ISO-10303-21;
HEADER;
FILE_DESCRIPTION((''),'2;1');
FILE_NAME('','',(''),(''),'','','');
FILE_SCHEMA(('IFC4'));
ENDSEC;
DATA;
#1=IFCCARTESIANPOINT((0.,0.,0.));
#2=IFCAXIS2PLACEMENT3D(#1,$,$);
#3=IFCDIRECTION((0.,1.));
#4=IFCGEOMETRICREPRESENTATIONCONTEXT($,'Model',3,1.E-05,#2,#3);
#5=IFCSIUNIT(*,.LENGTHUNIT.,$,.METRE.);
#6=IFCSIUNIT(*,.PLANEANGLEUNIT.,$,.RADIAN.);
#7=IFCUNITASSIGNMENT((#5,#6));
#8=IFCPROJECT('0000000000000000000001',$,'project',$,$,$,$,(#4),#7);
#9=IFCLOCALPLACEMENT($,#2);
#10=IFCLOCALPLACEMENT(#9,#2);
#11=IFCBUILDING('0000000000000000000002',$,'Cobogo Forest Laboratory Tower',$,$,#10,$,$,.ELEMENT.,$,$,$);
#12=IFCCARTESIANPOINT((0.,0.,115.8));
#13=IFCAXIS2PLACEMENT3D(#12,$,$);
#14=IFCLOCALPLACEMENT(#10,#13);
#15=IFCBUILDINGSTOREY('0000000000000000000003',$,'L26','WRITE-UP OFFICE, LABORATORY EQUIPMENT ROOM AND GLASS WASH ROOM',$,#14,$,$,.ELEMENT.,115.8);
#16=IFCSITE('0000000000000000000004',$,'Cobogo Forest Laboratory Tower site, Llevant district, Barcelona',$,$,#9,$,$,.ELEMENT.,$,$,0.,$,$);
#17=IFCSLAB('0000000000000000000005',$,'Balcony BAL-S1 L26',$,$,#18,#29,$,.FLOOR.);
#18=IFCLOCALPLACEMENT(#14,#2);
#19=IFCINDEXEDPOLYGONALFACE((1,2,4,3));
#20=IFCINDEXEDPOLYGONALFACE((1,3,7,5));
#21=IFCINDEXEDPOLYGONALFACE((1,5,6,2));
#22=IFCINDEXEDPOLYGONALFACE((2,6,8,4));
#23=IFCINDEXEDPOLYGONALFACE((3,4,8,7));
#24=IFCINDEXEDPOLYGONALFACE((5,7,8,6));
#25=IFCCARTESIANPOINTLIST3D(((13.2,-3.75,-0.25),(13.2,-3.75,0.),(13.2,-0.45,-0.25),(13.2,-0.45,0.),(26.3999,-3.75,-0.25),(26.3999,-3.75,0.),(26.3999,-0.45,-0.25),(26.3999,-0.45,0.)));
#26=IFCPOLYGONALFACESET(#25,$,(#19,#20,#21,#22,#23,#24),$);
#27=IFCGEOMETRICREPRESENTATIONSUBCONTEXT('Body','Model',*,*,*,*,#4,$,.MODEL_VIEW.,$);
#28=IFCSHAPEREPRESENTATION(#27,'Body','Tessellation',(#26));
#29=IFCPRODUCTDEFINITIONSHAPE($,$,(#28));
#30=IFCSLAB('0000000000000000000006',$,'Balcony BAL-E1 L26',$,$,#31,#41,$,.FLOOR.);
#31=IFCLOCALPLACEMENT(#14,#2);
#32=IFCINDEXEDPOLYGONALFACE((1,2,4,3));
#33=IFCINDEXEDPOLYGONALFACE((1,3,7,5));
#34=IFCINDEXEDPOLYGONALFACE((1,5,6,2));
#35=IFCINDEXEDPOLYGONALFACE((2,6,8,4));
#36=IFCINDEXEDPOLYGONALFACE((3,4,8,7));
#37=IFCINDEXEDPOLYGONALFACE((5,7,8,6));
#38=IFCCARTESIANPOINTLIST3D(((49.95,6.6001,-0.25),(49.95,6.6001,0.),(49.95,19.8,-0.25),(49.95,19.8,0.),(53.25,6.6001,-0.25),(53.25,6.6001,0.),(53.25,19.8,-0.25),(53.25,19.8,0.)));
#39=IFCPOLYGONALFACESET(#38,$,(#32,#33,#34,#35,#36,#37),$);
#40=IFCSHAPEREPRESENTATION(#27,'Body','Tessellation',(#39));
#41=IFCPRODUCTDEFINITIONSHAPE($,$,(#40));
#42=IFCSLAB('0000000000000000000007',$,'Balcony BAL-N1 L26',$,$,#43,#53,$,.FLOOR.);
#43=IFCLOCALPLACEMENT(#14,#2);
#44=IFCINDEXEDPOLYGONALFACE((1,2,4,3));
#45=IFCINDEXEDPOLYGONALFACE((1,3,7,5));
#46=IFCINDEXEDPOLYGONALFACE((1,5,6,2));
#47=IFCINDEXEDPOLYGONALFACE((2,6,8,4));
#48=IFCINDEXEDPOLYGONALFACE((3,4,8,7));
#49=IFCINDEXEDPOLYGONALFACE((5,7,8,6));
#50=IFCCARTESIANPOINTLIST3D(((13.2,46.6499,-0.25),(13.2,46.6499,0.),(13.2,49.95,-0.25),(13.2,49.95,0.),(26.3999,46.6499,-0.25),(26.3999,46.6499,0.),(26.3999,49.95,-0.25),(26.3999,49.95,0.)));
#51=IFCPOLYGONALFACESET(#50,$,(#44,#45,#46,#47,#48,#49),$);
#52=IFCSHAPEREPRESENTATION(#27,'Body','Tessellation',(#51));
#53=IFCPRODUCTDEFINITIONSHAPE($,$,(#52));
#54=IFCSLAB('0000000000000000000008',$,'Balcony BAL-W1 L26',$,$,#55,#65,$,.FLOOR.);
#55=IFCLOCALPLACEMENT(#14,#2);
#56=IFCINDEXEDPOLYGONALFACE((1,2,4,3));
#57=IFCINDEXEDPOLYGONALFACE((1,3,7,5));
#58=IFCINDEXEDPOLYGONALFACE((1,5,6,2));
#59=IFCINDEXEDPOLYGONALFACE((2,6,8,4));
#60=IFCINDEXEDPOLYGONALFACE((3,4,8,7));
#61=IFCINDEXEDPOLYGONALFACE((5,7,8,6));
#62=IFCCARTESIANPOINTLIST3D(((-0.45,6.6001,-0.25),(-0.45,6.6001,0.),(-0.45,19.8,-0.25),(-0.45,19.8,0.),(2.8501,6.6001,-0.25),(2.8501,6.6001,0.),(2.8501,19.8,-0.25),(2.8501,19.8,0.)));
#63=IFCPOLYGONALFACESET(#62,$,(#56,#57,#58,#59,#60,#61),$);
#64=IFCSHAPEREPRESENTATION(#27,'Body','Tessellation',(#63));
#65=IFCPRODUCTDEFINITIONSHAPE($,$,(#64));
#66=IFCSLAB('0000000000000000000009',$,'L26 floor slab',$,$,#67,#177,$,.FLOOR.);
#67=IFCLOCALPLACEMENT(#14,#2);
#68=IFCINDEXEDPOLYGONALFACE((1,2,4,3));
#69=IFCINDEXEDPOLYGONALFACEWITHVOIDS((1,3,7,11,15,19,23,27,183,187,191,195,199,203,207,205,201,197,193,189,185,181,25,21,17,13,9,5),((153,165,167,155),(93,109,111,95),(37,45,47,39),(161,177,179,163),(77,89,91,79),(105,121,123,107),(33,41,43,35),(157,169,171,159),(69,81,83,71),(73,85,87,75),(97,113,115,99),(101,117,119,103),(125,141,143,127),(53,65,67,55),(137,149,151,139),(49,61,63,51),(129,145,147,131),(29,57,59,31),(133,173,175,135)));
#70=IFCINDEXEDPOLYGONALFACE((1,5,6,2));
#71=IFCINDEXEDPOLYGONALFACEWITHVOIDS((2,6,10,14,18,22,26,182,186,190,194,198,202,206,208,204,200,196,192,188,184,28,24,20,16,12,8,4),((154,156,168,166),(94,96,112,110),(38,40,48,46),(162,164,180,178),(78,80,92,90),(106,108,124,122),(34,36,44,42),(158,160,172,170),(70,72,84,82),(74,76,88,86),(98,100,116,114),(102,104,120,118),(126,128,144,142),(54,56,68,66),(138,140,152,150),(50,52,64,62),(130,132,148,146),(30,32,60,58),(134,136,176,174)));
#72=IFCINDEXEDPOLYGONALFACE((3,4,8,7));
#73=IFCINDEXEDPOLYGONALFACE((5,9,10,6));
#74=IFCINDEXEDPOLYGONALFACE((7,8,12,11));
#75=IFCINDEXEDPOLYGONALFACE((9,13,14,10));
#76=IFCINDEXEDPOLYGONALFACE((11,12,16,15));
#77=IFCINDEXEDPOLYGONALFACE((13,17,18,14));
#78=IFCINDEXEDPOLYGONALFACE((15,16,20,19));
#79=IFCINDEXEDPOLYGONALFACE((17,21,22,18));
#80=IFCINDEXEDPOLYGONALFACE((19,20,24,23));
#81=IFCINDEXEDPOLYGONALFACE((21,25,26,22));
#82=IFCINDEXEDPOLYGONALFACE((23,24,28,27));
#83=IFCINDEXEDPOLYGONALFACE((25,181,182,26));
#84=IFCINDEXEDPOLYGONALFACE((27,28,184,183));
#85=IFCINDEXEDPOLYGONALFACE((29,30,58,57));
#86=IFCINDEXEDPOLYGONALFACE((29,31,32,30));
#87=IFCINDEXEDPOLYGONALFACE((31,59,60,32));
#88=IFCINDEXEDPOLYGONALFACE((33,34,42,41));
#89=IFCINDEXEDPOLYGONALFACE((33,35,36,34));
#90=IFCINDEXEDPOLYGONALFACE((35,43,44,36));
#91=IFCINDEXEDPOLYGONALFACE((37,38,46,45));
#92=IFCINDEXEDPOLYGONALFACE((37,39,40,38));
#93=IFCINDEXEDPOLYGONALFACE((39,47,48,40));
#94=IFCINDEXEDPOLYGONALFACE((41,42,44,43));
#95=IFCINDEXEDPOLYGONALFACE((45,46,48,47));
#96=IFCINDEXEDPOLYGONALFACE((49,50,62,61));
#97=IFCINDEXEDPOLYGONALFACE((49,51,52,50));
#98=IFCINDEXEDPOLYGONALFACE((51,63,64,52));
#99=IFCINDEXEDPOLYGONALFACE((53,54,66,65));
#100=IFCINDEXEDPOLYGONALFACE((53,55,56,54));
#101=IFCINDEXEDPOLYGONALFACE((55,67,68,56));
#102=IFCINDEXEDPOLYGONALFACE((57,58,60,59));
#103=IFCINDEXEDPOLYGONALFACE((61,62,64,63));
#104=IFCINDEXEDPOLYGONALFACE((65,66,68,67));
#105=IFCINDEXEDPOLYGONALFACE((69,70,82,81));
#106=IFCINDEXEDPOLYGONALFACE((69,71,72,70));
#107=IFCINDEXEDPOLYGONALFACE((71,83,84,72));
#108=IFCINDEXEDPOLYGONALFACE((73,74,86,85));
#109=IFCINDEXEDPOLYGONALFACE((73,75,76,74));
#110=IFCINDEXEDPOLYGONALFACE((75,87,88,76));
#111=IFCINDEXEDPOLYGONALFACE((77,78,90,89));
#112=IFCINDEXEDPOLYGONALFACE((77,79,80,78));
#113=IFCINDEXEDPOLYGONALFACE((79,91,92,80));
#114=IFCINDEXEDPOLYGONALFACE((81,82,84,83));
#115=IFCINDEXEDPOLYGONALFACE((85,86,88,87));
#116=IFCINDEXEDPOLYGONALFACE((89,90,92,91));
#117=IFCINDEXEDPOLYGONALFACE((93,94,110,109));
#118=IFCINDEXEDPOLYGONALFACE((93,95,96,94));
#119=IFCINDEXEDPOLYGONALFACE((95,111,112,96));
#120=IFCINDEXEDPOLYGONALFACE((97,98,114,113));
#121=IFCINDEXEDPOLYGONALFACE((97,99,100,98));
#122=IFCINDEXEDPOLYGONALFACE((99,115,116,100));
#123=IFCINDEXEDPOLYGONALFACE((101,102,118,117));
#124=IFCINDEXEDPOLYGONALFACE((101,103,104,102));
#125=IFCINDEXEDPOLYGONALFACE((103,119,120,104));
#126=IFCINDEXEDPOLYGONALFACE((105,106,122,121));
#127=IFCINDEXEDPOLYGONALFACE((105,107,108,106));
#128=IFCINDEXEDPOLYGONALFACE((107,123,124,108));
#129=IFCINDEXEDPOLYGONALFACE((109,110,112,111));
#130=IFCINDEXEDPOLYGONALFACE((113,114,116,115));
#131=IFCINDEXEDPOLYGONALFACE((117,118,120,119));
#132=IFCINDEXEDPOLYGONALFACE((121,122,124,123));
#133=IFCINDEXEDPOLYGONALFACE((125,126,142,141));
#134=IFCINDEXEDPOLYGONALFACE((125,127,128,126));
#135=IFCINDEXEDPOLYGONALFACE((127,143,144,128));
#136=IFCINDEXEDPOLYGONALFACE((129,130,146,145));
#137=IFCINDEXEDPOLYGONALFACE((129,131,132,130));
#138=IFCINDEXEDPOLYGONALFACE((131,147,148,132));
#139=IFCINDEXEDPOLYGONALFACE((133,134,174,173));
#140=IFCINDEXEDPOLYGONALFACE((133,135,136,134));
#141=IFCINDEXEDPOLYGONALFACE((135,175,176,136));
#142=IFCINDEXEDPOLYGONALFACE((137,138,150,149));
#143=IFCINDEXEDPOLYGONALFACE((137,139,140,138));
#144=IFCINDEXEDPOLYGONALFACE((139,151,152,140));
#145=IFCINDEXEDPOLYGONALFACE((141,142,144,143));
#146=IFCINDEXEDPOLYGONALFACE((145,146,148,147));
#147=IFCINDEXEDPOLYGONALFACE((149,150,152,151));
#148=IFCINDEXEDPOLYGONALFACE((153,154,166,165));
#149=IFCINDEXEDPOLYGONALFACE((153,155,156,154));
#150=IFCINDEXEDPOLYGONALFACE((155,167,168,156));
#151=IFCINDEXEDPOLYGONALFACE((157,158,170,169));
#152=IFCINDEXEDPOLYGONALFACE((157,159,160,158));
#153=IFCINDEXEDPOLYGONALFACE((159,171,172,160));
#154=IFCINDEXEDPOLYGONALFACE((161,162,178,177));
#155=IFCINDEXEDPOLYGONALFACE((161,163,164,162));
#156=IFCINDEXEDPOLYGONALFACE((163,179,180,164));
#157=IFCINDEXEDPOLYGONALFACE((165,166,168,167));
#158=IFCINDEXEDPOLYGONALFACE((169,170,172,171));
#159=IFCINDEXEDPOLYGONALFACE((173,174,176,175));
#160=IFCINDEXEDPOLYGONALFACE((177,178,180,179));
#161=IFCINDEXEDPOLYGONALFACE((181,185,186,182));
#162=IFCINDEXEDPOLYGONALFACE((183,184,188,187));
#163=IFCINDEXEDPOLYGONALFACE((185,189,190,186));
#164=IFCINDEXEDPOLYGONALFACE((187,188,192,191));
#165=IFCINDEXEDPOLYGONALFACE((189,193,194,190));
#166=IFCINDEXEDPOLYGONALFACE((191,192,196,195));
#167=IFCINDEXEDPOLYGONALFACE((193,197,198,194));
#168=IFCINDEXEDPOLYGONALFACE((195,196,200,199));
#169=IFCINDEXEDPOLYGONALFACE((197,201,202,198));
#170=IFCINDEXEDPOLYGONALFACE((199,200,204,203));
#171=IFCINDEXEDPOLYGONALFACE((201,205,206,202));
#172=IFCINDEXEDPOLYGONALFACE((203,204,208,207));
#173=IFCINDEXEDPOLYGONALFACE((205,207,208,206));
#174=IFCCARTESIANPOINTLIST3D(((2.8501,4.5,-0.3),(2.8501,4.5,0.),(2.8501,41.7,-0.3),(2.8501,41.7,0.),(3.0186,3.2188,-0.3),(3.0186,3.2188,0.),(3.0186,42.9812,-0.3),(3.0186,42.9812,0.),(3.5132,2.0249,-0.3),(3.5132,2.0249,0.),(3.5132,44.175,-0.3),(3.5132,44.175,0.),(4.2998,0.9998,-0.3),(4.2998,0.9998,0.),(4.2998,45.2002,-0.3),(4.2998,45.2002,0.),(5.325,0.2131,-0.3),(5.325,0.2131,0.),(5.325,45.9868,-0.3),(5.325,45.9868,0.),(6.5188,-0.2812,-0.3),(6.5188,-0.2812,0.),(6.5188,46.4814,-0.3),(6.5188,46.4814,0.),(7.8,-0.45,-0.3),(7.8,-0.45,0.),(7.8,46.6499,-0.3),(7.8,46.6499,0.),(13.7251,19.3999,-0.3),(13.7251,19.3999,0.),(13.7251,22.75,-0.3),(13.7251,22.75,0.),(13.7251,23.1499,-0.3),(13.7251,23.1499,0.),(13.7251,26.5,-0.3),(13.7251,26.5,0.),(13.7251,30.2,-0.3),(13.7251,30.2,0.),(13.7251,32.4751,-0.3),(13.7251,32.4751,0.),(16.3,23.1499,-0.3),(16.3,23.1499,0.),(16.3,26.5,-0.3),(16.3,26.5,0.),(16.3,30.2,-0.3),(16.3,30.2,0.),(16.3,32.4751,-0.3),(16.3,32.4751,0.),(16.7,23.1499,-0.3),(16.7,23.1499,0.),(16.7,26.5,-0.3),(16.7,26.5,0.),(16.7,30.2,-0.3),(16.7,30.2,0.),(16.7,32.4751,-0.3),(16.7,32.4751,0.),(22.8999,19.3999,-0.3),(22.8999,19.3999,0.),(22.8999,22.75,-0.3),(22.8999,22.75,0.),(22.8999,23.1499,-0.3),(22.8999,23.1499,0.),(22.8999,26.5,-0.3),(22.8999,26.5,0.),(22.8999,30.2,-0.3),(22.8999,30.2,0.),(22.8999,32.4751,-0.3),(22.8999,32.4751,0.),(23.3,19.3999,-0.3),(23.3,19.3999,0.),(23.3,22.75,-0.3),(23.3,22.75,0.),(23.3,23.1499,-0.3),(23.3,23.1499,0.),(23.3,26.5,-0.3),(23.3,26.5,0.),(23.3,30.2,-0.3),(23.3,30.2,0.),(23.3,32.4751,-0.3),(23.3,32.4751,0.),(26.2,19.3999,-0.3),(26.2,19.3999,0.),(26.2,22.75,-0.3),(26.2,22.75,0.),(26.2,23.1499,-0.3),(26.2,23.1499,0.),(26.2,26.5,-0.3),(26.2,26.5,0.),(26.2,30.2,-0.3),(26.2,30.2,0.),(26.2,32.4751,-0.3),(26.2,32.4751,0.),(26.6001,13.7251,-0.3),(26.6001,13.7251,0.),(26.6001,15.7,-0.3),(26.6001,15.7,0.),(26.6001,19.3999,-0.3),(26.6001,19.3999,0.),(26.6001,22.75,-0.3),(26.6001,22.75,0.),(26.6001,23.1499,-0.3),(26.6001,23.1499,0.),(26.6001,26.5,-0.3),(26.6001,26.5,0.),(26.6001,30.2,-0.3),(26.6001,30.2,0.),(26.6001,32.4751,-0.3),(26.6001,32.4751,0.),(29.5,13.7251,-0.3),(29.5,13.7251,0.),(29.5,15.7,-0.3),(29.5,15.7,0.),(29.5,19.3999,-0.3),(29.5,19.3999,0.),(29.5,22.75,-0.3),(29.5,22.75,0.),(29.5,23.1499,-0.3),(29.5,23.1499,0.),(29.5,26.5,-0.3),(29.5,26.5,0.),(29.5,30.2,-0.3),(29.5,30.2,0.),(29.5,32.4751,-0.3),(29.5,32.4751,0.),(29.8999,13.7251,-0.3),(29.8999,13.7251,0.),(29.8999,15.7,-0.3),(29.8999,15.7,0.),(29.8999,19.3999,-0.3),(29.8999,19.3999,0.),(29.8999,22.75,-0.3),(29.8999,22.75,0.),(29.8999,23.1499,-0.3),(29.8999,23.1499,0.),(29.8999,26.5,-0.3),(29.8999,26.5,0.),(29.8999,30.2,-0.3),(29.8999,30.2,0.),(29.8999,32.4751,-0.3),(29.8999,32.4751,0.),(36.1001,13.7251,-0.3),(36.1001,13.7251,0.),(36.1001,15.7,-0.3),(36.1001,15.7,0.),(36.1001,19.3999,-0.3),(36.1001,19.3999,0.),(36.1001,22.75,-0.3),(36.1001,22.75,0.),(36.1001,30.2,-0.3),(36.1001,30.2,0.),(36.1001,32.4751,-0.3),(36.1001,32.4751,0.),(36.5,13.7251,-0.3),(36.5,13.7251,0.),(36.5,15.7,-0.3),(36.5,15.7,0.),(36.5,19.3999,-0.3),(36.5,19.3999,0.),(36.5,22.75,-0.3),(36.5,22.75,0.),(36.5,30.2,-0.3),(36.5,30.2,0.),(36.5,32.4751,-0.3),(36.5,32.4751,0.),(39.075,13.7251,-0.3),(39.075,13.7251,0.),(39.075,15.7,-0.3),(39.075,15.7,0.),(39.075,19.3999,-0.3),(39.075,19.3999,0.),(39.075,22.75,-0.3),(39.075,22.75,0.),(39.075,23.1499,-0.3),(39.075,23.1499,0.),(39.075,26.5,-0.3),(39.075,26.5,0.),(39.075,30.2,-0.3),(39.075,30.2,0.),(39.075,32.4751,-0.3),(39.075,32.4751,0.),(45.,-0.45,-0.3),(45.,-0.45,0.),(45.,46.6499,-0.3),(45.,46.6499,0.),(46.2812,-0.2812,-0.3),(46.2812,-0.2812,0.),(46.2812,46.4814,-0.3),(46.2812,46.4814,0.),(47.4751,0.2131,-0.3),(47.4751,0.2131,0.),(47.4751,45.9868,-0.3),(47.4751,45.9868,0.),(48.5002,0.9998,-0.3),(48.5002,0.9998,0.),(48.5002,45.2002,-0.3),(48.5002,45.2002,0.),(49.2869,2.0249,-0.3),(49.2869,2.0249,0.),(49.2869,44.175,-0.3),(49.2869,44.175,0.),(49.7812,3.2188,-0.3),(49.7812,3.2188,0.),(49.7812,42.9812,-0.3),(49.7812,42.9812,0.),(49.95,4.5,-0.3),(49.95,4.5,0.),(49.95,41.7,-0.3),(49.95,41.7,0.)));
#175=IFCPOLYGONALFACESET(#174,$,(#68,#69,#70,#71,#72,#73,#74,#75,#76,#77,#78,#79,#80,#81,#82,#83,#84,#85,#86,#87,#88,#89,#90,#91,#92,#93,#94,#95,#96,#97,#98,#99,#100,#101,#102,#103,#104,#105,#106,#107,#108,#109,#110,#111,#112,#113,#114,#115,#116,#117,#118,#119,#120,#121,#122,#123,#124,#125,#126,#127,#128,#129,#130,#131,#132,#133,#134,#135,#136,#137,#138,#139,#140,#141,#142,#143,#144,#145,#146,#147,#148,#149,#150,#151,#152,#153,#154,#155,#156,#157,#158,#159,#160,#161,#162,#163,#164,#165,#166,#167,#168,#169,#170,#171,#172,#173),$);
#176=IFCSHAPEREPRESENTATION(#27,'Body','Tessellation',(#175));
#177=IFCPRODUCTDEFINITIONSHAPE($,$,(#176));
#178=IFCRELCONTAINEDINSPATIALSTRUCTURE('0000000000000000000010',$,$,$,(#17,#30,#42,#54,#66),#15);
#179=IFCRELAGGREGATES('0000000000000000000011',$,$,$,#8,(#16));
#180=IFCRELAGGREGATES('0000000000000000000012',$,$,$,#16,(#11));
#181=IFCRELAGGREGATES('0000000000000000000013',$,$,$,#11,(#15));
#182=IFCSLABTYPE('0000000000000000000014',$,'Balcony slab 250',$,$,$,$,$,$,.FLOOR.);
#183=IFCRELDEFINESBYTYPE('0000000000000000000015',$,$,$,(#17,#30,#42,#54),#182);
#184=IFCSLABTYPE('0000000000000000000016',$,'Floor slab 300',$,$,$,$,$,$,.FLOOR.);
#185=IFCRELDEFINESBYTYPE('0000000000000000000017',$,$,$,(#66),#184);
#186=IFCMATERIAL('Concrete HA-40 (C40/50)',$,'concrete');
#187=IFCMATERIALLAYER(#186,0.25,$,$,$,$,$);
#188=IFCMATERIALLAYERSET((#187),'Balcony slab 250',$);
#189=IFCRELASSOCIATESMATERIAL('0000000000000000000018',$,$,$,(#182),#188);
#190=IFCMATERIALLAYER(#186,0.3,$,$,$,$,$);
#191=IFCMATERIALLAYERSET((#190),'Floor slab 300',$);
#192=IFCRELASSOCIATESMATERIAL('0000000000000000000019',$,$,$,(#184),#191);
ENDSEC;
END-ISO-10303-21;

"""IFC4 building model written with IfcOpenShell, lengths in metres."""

from ifc_helpers import new_model, si_unit, direction, frame, origin, place, context, subcontext, project, spatial, polyline, outline, extrude, material, layer, layer_set, type_object, element, save


model = new_model("IFC4")

# Units and contexts
model_context = context("Model", 3, precision=1e-05, world=origin(), true_north=direction((0.0, 1.0)))
body_context = subcontext(model_context, "Body", "Model", "MODEL_VIEW")
ifc_project = project(units=[si_unit("LENGTHUNIT", "METRE"), si_unit("PLANEANGLEUNIT", "RADIAN")], contexts=[model_context])

# Site, building, storey
site_placement = place(None, origin())
site = spatial("IfcSite", under=ifc_project, at=site_placement, Name="Cobogo Forest Laboratory Tower site, Llevant district, Barcelona", CompositionType="ELEMENT", RefElevation=0.0)
building_placement = place(site_placement, origin())
building = spatial("IfcBuilding", under=site, at=building_placement, Name="Cobogo Forest Laboratory Tower", CompositionType="ELEMENT")
storey_placement = place(building_placement, frame((0.0, 0.0, 115.8)))
storey = spatial("IfcBuildingStorey", under=building, at=storey_placement, Name="L26", Description="WRITE-UP OFFICE, LABORATORY EQUIPMENT ROOM AND GLASS WASH ROOM", CompositionType="ELEMENT", Elevation=115.8)

# Slabs
ifc_material_1 = material(Name="Concrete HA-40 (C40/50)", Category="concrete")
ifc_layer_1 = layer(ifc_material_1, 0.25)
ifc_layer_set_1 = layer_set([ifc_layer_1], Name="Balcony slab 250")
slab_type_1 = type_object("IfcSlabType", Name="Balcony slab 250", PredefinedType="FLOOR", material=ifc_layer_set_1)
slab_1_placement = place(storey_placement, frame((0.0, 0.0, -0.25)))
element("IfcSlab", 1, at=slab_1_placement, inside=storey, type_object=slab_type_1, Name="Balcony BAL-S1 L26", PredefinedType="FLOOR", context=body_context, shape_type="SweptSolid", body=[
    extrude(outline(polyline([(13.2, -3.75), (26.3999, -3.75), (26.3999, -0.45), (13.2, -0.45), (13.2, -3.75)])), origin(), (0.0, 0.0, 1.0), 0.25),
])
slab_2_placement = place(storey_placement, frame((0.0, 0.0, -0.25)))
element("IfcSlab", 2, at=slab_2_placement, inside=storey, type_object=slab_type_1, Name="Balcony BAL-E1 L26", PredefinedType="FLOOR", context=body_context, shape_type="SweptSolid", body=[
    extrude(outline(polyline([(49.95, 6.6001), (53.25, 6.6001), (53.25, 19.8), (49.95, 19.8), (49.95, 6.6001)])), origin(), (0.0, 0.0, 1.0), 0.25),
])
slab_3_placement = place(storey_placement, frame((0.0, 0.0, -0.25)))
element("IfcSlab", 3, at=slab_3_placement, inside=storey, type_object=slab_type_1, Name="Balcony BAL-N1 L26", PredefinedType="FLOOR", context=body_context, shape_type="SweptSolid", body=[
    extrude(outline(polyline([(13.2, 46.6499), (26.3999, 46.6499), (26.3999, 49.95), (13.2, 49.95), (13.2, 46.6499)])), origin(), (0.0, 0.0, 1.0), 0.25),
])
slab_4_placement = place(storey_placement, frame((0.0, 0.0, -0.25)))
element("IfcSlab", 4, at=slab_4_placement, inside=storey, type_object=slab_type_1, Name="Balcony BAL-W1 L26", PredefinedType="FLOOR", context=body_context, shape_type="SweptSolid", body=[
    extrude(outline(polyline([(-0.45, 6.6001), (2.8501, 6.6001), (2.8501, 19.8), (-0.45, 19.8), (-0.45, 6.6001)])), origin(), (0.0, 0.0, 1.0), 0.25),
])
ifc_layer_2 = layer(ifc_material_1, 0.3)
ifc_layer_set_2 = layer_set([ifc_layer_2], Name="Floor slab 300")
slab_type_2 = type_object("IfcSlabType", Name="Floor slab 300", PredefinedType="FLOOR", material=ifc_layer_set_2)
slab_5_placement = place(storey_placement, frame((0.0, 0.0, -0.3)))
element("IfcSlab", 5, at=slab_5_placement, inside=storey, type_object=slab_type_2, Name="L26 floor slab", PredefinedType="FLOOR", context=body_context, shape_type="SweptSolid", body=[
    extrude(outline(polyline([(45.0, -0.45), (46.2812, -0.2812), (47.4751, 0.2131), (48.5002, 0.9998), (49.2869, 2.0249), (49.7812, 3.2188), (49.95, 4.5), (49.95, 41.7), (49.7812, 42.9812), (49.2869, 44.175), (48.5002, 45.2002), (47.4751, 45.9868), (46.2812, 46.4814), (45.0, 46.6499), (7.8, 46.6499), (6.5188, 46.4814), (5.325, 45.9868), (4.2998, 45.2002), (3.5132, 44.175), (3.0186, 42.9812), (2.8501, 41.7), (2.8501, 4.5), (3.0186, 3.2188), (3.5132, 2.0249), (4.2998, 0.9998), (5.325, 0.2131), (6.5188, -0.2812), (7.8, -0.45), (45.0, -0.45)]), holes=[polyline([(29.5, 13.7251), (26.6001, 13.7251), (26.6001, 15.7), (29.5, 15.7), (29.5, 13.7251)]), polyline([(36.1001, 15.7), (36.1001, 13.7251), (29.8999, 13.7251), (29.8999, 15.7), (36.1001, 15.7)]), polyline([(36.5, 13.7251), (36.5, 15.7), (39.075, 15.7), (39.075, 13.7251), (36.5, 13.7251)]), polyline([(13.7251, 19.3999), (13.7251, 22.75), (22.8999, 22.75), (22.8999, 19.3999), (13.7251, 19.3999)]), polyline([(23.3, 19.3999), (23.3, 22.75), (26.2, 22.75), (26.2, 19.3999), (23.3, 19.3999)]), polyline([(29.5, 19.3999), (26.6001, 19.3999), (26.6001, 22.75), (29.5, 22.75), (29.5, 19.3999)]), polyline([(36.1001, 22.75), (36.1001, 19.3999), (29.8999, 19.3999), (29.8999, 22.75), (36.1001, 22.75)]), polyline([(39.075, 19.3999), (36.5, 19.3999), (36.5, 22.75), (39.075, 22.75), (39.075, 19.3999)]), polyline([(16.3, 23.1499), (13.7251, 23.1499), (13.7251, 26.5), (16.3, 26.5), (16.3, 23.1499)]), polyline([(22.8999, 26.5), (22.8999, 23.1499), (16.7, 23.1499), (16.7, 26.5), (22.8999, 26.5)]), polyline([(26.2, 23.1499), (23.3, 23.1499), (23.3, 26.5), (26.2, 26.5), (26.2, 23.1499)]), polyline([(26.6001, 23.1499), (26.6001, 26.5), (29.5, 26.5), (29.5, 23.1499), (26.6001, 23.1499)]), polyline([(29.8999, 23.1499), (29.8999, 26.5), (39.075, 26.5), (39.075, 23.1499), (29.8999, 23.1499)]), polyline([(13.7251, 30.2), (13.7251, 32.4751), (16.3, 32.4751), (16.3, 30.2), (13.7251, 30.2)]), polyline([(22.8999, 32.4751), (22.8999, 30.2), (16.7, 30.2), (16.7, 32.4751), (22.8999, 32.4751)]), polyline([(23.3, 30.2), (23.3, 32.4751), (26.2, 32.4751), (26.2, 30.2), (23.3, 30.2)]), polyline([(26.6001, 30.2), (26.6001, 32.4751), (29.5, 32.4751), (29.5, 30.2), (26.6001, 30.2)]), polyline([(36.1001, 32.4751), (36.1001, 30.2), (29.8999, 30.2), (29.8999, 32.4751), (36.1001, 32.4751)]), polyline([(36.5, 30.2), (36.5, 32.4751), (39.075, 32.4751), (39.075, 30.2), (36.5, 30.2)])]), origin(), (0.0, 0.0, 1.0), 0.3),
])

save(model, "model.ifc")
